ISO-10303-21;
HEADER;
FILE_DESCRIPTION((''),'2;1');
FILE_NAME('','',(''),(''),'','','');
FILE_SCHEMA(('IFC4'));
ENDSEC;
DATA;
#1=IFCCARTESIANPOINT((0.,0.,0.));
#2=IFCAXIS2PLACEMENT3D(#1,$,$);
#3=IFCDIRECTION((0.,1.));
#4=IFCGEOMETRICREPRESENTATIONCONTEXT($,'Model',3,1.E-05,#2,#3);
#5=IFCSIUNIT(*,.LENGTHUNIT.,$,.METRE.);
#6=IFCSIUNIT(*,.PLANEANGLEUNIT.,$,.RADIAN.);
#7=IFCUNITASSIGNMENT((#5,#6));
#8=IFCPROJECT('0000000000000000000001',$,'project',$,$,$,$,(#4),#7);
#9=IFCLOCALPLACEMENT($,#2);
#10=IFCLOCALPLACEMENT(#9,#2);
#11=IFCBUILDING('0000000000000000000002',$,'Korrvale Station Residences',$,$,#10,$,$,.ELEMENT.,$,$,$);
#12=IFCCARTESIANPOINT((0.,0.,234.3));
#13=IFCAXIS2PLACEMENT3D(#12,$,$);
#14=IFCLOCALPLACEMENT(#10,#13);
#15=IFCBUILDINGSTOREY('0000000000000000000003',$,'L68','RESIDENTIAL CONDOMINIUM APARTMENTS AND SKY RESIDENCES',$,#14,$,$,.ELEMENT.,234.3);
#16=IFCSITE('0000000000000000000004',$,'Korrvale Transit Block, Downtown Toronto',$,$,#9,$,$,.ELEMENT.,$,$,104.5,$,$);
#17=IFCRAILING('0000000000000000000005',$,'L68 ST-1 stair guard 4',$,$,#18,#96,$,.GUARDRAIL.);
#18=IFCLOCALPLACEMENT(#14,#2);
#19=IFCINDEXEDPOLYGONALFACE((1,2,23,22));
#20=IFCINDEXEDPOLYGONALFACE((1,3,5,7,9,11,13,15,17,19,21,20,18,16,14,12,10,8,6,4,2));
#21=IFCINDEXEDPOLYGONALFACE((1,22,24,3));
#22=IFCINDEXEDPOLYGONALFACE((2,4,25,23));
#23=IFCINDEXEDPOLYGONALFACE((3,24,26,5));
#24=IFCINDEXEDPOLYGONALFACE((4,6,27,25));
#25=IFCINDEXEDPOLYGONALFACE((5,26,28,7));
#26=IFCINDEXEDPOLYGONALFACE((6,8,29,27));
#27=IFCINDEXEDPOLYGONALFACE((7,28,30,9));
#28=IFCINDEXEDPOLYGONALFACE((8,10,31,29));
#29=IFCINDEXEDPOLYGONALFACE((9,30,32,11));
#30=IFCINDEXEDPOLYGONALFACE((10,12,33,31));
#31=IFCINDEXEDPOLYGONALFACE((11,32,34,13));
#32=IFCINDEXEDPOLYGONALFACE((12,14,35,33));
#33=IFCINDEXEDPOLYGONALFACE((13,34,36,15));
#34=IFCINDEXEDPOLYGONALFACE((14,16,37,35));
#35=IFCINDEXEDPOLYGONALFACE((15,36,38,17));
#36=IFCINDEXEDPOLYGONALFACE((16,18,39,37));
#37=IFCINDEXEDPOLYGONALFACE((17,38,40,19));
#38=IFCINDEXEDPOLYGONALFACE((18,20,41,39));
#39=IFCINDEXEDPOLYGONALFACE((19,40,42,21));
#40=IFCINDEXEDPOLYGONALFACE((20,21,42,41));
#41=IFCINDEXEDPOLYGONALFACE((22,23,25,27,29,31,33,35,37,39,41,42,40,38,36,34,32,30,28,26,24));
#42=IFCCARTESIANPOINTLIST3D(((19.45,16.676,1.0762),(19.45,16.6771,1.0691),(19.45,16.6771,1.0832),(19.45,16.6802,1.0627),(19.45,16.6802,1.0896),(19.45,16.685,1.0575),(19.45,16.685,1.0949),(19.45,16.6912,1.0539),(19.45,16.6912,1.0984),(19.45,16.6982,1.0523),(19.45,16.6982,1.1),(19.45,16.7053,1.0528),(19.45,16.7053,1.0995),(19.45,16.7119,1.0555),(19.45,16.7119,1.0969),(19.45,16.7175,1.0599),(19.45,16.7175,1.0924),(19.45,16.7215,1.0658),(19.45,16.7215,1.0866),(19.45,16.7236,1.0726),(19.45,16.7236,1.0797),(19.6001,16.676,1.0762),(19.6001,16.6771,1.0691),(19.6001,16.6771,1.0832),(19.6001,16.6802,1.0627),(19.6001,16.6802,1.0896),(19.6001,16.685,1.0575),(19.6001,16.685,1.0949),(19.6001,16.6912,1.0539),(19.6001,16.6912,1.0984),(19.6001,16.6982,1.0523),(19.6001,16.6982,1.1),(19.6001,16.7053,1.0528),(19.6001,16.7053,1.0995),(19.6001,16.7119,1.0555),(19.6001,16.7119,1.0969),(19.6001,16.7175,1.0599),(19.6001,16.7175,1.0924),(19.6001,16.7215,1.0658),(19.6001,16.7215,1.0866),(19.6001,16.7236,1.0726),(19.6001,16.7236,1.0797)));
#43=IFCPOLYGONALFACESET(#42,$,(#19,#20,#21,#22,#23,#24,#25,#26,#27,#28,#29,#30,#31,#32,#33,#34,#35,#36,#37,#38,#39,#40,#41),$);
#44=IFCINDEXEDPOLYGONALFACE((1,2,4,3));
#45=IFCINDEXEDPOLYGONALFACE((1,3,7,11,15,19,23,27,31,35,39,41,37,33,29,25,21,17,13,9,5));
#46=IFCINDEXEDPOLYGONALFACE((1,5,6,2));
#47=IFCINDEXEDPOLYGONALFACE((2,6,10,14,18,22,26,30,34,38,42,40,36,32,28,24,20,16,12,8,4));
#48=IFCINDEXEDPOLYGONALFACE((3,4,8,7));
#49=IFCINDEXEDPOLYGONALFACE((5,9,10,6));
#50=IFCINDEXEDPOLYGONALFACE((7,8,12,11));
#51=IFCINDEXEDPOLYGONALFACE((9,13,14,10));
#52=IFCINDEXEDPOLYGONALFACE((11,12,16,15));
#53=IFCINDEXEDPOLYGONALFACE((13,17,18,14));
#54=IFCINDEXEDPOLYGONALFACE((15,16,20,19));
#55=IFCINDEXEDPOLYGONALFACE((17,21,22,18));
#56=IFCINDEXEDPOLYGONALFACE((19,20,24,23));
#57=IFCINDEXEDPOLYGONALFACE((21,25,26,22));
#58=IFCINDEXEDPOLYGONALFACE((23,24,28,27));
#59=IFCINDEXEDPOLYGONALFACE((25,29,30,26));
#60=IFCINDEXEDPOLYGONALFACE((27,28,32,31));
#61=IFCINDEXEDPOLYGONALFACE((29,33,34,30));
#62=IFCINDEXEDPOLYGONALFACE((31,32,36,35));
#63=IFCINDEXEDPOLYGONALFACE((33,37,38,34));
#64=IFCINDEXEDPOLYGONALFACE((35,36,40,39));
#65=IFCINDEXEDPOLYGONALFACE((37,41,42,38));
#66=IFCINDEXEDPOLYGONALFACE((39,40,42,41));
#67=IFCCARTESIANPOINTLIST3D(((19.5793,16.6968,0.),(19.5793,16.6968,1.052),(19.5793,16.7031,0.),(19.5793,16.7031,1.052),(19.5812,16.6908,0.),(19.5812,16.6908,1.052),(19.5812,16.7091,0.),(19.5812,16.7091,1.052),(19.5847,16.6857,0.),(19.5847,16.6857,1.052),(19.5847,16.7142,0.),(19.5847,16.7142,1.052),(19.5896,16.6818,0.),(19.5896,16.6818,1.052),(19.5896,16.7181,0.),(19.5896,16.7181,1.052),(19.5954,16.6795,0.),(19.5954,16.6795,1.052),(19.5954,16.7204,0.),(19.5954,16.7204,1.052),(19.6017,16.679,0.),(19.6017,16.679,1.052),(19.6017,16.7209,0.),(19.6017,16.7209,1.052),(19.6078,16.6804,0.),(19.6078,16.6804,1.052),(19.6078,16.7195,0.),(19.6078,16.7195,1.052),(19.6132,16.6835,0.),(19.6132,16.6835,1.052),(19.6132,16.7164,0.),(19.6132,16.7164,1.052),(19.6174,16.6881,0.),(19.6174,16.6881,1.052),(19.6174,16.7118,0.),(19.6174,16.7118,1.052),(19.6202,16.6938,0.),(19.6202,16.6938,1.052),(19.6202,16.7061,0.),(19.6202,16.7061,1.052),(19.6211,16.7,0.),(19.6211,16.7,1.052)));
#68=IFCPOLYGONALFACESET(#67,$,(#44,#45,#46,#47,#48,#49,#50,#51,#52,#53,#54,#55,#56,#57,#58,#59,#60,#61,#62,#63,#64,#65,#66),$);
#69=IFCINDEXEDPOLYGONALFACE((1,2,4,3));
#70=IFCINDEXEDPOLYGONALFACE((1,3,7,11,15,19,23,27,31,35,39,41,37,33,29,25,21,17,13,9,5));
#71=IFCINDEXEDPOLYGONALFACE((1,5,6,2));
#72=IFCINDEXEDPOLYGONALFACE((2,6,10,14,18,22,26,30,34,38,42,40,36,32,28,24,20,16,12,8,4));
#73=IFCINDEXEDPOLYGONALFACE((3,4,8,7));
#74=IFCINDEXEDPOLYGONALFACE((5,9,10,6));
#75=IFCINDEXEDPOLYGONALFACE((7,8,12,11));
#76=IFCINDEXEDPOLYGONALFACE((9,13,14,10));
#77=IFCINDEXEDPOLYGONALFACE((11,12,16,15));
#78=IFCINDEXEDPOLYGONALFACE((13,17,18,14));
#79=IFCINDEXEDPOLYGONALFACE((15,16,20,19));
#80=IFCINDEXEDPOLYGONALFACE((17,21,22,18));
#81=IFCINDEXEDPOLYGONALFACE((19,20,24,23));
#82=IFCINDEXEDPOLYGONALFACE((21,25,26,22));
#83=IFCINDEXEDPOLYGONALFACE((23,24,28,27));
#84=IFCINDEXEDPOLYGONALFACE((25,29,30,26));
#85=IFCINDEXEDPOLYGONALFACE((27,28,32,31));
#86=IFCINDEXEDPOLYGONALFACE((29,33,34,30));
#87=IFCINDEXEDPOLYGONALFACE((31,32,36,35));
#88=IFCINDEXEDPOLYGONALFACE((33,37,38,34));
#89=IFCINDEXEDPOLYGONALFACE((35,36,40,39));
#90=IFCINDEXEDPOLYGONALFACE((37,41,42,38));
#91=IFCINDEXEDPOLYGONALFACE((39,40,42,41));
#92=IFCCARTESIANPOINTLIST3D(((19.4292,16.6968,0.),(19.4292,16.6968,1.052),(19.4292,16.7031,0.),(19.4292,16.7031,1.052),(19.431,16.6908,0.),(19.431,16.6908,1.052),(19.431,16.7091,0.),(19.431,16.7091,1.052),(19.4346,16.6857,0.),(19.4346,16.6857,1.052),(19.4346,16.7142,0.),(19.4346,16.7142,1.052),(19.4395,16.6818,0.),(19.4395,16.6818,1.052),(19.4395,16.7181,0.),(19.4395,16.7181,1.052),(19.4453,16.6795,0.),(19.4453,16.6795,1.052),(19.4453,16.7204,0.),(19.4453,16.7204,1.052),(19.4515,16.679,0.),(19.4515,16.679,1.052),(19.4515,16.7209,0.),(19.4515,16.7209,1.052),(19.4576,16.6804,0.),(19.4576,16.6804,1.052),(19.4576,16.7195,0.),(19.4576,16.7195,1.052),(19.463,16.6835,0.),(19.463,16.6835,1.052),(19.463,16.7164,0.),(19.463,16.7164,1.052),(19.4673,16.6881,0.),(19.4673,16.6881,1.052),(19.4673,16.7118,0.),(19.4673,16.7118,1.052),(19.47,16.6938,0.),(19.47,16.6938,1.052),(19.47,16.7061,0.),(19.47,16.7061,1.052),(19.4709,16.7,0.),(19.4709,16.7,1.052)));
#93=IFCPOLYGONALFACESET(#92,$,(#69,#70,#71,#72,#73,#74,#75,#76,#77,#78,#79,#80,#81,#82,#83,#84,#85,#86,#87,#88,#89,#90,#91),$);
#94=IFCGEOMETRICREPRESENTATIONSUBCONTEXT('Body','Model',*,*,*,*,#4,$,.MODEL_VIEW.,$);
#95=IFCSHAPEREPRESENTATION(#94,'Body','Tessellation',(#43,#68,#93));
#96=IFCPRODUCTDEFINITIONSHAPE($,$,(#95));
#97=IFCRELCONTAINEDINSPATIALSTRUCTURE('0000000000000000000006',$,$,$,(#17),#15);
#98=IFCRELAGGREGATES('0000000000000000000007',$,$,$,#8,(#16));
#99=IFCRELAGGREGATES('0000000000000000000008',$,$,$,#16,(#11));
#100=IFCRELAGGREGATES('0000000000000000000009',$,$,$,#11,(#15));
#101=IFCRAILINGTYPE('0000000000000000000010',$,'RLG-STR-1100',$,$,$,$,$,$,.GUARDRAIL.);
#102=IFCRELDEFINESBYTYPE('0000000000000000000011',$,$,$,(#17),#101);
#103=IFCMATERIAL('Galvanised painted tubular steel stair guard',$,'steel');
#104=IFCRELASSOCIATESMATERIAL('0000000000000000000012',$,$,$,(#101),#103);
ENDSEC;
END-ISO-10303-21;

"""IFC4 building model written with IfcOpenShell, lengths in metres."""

from ifc_helpers import new_model, si_unit, direction, frame, origin, origin_2d, place, context, subcontext, project, spatial, circle, extrude, material, type_object, element, save


model = new_model("IFC4")

# Units and contexts
model_context = context("Model", 3, precision=1e-05, world=origin(), true_north=direction((0.0, 1.0)))
body_context = subcontext(model_context, "Body", "Model", "MODEL_VIEW")
ifc_project = project(units=[si_unit("LENGTHUNIT", "METRE"), si_unit("PLANEANGLEUNIT", "RADIAN")], contexts=[model_context])

# Site, building, storey
site_placement = place(None, origin())
site = spatial("IfcSite", under=ifc_project, at=site_placement, Name="Korrvale Transit Block, Downtown Toronto", CompositionType="ELEMENT", RefElevation=104.5)
building_placement = place(site_placement, origin())
building = spatial("IfcBuilding", under=site, at=building_placement, Name="Korrvale Station Residences", CompositionType="ELEMENT")
storey_placement = place(building_placement, frame((0.0, 0.0, 234.3)))
storey = spatial("IfcBuildingStorey", under=building, at=storey_placement, Name="L68", Description="RESIDENTIAL CONDOMINIUM APARTMENTS AND SKY RESIDENCES", CompositionType="ELEMENT", Elevation=234.3)

# Railing
ifc_material_1 = material(Name="Galvanised painted tubular steel stair guard", Category="steel")
railing_type_1 = type_object("IfcRailingType", Name="RLG-STR-1100", PredefinedType="GUARDRAIL", material=ifc_material_1)
railing_1_placement = place(storey_placement, frame((19.6001, 16.7, 0.0)))
element("IfcRailing", 1, at=railing_1_placement, inside=storey, type_object=railing_type_1, Name="L68 ST-1 stair guard 4", PredefinedType="GUARDRAIL", context=body_context, shape_type="SweptSolid", body=[
    extrude(circle(Radius=0.0239, at=origin_2d()), frame((0.0, 0.0, 1.0762), z_axis=(-1.0, 0.0, 0.0), x_axis=(0.0, -1.0, 0.0)), (0.0, 0.0, 1.0), 0.1501),
    extrude(circle(Radius=0.021, at=origin_2d()), origin(), (0.0, 0.0, 1.0), 1.052),
    extrude(circle(Radius=0.021, at=origin_2d()), frame((-0.1501, 0.0, 0.0)), (0.0, 0.0, 1.0), 1.052),
])

save(model, "model.ifc")
